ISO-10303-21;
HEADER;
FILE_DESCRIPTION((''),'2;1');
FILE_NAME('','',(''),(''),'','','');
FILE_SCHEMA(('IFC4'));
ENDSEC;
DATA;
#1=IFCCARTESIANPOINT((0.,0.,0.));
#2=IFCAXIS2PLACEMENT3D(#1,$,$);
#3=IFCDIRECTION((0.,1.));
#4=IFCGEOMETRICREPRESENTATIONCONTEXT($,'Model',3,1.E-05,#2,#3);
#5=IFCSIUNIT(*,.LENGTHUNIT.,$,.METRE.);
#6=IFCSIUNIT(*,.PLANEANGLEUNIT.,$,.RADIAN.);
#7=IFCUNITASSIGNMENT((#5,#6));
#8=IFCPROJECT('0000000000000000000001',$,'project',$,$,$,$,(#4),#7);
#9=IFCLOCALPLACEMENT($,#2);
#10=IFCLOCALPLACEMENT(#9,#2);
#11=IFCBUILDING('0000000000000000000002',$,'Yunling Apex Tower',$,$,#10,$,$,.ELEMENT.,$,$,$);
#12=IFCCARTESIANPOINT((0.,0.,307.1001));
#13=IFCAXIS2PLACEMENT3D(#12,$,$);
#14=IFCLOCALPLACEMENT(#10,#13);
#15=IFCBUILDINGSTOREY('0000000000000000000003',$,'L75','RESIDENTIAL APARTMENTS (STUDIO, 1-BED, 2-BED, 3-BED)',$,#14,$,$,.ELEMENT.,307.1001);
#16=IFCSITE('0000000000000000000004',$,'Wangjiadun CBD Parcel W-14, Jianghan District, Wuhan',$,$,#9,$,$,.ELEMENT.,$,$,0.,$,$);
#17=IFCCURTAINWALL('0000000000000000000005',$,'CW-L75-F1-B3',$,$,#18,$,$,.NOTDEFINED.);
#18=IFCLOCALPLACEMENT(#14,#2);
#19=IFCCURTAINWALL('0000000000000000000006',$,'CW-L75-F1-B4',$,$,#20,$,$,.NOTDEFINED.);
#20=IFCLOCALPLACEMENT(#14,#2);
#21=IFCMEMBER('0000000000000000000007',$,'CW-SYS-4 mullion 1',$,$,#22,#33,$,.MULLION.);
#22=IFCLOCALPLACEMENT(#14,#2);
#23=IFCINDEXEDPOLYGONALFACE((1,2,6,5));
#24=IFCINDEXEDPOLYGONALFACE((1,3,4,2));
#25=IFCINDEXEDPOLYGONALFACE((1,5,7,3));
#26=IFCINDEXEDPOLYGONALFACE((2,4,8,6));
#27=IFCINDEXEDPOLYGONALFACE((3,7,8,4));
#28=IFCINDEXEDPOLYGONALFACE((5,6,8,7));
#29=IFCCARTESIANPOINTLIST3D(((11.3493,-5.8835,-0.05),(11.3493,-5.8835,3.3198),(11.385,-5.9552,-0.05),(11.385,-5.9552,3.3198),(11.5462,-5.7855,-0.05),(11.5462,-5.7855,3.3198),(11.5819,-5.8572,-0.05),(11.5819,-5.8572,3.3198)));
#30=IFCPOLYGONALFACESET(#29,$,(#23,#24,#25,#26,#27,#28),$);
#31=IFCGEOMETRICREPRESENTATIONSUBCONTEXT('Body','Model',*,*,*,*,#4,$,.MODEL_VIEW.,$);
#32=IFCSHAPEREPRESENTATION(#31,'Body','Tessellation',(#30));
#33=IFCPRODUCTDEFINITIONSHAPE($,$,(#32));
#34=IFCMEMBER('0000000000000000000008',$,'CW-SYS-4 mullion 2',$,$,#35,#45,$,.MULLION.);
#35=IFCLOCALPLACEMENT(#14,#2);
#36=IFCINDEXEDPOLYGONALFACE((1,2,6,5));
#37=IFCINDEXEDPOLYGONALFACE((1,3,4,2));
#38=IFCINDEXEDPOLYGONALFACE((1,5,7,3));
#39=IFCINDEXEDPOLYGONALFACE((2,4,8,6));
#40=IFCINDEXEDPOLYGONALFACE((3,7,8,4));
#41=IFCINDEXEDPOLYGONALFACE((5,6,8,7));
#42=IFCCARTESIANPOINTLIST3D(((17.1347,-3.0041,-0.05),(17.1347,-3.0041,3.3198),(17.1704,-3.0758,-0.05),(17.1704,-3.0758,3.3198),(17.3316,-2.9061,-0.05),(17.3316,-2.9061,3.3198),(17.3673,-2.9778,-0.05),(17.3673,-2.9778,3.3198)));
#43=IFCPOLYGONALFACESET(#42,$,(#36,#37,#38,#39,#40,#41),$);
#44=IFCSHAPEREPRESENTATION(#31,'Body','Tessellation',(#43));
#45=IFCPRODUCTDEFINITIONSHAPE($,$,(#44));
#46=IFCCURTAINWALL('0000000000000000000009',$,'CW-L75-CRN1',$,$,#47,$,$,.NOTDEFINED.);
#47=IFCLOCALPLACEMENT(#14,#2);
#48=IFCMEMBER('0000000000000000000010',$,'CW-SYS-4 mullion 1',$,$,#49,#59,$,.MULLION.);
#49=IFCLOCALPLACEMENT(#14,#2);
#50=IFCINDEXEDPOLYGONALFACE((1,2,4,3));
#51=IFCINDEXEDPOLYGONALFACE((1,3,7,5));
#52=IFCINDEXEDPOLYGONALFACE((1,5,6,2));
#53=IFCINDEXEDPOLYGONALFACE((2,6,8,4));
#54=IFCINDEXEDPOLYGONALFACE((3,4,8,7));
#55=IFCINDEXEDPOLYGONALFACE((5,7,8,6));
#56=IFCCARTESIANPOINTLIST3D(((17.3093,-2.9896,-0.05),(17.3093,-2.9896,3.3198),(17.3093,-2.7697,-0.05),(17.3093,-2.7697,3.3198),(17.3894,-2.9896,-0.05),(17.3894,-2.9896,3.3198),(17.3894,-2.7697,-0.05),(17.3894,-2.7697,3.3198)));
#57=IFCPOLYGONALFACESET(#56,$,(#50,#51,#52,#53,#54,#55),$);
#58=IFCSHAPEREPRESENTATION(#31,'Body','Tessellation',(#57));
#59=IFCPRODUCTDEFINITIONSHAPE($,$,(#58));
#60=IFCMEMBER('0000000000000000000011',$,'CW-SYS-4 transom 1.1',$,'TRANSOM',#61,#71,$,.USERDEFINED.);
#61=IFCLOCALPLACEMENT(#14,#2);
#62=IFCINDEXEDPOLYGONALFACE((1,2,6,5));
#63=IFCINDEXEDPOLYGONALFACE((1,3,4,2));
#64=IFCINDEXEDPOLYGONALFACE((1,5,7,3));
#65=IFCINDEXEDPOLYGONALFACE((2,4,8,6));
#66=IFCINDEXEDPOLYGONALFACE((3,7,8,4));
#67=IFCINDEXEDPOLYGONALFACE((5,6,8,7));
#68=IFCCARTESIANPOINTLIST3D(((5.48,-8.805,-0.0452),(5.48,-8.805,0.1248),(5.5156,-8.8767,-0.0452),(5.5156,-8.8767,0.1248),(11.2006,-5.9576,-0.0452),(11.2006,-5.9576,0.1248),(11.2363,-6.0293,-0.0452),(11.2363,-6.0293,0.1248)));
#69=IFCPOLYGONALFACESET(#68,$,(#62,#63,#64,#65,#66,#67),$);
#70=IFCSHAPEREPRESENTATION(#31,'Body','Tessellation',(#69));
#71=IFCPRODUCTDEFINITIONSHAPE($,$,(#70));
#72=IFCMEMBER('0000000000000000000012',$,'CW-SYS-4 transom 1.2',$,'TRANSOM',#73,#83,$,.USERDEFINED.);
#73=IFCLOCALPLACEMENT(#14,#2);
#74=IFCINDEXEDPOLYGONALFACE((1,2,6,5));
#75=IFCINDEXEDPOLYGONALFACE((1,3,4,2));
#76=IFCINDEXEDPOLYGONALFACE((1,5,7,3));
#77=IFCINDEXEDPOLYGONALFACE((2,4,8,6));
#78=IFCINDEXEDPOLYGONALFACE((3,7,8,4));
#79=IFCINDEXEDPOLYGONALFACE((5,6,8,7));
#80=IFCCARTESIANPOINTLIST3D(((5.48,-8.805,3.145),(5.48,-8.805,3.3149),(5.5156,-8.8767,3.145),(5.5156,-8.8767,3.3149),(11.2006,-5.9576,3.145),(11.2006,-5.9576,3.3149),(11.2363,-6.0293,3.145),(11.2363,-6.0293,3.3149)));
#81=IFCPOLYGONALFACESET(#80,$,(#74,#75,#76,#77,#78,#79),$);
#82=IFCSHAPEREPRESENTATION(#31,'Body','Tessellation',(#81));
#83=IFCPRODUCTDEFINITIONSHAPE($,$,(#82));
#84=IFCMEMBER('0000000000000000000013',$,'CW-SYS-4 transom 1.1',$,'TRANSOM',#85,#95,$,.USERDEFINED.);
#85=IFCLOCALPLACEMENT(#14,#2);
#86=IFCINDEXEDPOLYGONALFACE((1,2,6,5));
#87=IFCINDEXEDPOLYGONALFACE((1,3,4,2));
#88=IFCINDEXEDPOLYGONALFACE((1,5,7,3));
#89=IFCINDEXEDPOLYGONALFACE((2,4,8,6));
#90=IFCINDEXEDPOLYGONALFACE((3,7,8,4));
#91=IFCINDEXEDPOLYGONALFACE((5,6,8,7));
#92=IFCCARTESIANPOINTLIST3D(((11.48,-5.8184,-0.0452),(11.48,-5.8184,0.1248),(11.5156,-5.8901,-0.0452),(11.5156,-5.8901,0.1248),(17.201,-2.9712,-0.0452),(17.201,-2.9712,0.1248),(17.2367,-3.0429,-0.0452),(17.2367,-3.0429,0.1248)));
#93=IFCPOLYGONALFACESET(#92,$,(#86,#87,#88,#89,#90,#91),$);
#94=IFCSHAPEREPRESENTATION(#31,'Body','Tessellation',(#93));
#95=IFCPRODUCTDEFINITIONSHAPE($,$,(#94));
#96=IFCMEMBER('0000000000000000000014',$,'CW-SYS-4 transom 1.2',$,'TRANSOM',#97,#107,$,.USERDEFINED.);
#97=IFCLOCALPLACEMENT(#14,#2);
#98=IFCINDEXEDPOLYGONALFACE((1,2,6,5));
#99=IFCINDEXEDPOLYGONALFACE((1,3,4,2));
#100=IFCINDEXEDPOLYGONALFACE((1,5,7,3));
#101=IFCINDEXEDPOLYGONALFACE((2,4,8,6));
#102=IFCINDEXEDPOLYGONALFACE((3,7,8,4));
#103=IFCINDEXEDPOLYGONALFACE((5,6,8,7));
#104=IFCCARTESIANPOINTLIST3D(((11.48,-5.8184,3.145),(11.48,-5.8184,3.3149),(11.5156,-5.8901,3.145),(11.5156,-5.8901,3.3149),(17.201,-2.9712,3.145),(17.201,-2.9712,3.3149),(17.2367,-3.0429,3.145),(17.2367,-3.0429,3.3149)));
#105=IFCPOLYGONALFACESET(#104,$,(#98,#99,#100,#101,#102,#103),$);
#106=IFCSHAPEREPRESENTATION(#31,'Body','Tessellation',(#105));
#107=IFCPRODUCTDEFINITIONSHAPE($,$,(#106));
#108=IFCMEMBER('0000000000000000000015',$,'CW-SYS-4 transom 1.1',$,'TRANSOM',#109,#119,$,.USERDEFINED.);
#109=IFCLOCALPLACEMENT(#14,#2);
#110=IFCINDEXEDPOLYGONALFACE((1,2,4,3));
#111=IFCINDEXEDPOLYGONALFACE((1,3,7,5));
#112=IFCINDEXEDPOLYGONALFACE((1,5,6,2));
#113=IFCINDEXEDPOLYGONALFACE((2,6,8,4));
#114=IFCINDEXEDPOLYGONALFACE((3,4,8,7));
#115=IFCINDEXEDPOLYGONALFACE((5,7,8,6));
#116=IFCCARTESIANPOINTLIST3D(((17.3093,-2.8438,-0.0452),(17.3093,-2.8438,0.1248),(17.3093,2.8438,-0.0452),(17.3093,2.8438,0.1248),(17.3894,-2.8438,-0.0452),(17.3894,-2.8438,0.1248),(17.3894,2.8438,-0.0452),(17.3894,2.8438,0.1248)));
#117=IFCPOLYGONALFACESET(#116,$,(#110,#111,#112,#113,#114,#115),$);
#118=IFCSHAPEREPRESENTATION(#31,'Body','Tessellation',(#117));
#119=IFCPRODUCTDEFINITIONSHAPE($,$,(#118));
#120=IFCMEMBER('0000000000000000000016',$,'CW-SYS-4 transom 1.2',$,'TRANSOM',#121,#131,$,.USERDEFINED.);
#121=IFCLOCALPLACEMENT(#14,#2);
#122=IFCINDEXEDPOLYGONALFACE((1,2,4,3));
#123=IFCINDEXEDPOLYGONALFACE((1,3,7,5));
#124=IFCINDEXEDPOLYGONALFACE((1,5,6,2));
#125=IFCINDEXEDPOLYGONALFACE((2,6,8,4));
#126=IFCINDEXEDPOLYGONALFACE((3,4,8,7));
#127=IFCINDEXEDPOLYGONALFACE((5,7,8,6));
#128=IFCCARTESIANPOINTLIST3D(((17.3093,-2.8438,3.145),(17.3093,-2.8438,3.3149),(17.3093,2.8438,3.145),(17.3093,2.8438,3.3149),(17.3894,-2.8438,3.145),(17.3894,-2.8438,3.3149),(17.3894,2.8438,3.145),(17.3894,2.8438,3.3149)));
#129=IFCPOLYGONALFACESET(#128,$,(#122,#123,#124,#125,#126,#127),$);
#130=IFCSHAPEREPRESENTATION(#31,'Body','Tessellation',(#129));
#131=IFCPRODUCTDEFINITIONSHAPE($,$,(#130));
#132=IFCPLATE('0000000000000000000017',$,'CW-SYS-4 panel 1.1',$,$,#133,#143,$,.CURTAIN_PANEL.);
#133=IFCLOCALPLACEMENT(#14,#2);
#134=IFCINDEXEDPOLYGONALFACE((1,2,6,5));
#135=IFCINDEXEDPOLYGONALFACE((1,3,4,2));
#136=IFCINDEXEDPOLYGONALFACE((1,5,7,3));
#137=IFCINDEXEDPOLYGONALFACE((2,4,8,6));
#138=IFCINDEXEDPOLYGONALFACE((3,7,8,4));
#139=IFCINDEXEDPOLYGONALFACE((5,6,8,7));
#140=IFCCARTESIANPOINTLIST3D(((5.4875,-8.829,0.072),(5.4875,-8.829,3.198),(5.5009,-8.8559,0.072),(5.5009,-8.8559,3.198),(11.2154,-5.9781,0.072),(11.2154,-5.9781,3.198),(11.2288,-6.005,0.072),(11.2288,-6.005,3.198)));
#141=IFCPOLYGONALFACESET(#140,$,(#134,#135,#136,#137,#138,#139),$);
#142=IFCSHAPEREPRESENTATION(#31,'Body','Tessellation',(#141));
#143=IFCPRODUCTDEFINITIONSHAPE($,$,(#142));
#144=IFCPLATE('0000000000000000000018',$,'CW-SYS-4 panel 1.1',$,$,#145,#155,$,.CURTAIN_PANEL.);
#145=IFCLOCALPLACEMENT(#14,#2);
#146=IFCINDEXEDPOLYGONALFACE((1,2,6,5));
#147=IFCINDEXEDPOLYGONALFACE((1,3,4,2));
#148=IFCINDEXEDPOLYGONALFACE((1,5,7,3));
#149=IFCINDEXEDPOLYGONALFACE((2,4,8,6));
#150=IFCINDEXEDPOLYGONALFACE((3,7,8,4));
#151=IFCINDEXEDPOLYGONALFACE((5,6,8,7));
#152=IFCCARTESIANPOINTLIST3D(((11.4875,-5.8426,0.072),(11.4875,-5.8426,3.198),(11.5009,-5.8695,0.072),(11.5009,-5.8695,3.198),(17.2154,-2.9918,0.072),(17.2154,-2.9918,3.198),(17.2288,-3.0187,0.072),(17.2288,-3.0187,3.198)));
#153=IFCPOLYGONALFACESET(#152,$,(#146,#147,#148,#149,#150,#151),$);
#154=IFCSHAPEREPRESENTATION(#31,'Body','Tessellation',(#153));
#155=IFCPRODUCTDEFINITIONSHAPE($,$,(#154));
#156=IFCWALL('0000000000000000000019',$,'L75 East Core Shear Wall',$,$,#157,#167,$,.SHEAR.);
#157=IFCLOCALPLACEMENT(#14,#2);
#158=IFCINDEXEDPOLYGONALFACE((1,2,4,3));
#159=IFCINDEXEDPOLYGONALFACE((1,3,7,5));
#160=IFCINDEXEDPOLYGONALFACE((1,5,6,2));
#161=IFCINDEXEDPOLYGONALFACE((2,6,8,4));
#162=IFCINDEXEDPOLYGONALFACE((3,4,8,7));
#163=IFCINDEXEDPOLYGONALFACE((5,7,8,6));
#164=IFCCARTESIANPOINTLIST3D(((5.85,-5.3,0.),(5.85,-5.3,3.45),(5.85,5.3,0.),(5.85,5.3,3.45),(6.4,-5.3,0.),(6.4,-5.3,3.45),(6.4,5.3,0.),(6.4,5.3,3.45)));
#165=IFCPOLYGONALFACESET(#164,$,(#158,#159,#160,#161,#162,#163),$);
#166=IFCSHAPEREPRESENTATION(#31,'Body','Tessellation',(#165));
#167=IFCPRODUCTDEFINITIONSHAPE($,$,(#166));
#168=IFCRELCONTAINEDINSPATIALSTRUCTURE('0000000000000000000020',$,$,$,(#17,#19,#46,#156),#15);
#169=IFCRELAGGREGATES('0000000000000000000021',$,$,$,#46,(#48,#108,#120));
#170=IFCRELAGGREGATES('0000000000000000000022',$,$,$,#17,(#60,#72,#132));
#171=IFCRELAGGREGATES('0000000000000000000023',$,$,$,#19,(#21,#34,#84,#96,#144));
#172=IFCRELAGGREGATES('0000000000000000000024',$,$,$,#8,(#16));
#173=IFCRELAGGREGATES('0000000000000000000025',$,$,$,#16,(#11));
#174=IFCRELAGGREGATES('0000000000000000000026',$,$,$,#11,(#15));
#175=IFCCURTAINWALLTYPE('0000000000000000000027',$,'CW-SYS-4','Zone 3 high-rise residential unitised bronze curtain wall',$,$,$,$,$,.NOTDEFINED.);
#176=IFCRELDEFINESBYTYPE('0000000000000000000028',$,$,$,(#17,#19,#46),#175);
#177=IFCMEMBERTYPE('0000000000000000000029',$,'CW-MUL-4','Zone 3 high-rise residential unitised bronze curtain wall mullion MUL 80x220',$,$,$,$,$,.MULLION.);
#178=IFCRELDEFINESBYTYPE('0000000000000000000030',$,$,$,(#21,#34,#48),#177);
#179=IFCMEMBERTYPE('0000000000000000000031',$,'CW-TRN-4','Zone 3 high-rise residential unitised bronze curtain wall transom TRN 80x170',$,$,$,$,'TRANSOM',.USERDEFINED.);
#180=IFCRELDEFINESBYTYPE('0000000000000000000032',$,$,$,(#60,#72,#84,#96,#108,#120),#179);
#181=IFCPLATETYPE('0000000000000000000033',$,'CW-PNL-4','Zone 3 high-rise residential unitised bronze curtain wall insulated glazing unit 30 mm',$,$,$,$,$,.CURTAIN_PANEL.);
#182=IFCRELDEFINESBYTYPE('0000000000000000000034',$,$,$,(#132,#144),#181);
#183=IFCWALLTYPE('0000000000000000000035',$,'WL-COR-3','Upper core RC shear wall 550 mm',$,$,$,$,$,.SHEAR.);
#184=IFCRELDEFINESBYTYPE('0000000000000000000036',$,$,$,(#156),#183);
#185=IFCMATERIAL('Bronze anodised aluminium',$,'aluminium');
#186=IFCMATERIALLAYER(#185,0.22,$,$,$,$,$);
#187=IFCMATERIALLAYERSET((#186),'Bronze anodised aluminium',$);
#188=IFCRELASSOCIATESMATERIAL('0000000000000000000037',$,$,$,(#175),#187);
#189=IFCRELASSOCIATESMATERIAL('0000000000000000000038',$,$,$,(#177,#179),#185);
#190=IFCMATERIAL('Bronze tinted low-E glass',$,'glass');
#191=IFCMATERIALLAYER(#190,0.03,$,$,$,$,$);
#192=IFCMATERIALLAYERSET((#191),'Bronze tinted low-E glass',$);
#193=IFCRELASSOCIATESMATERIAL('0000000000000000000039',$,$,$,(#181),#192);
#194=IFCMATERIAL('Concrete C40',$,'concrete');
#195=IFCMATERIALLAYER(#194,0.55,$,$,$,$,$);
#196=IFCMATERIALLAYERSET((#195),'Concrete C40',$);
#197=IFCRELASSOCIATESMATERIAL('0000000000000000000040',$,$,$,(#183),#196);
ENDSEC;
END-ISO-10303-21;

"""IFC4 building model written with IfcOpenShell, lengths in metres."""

from ifc_helpers import new_model, si_unit, direction, frame, frame_2d, origin, origin_2d, place, context, subcontext, project, spatial, rectangle, extrude, source, transform, mapped, material, layer, layer_set, material_profile, profile_set, type_object, element, aggregate, save


model = new_model("IFC4")

# Units and contexts
model_context = context("Model", 3, precision=1e-05, world=origin(), true_north=direction((0.0, 1.0)))
body_context = subcontext(model_context, "Body", "Model", "MODEL_VIEW")
ifc_project = project(units=[si_unit("LENGTHUNIT", "METRE"), si_unit("PLANEANGLEUNIT", "RADIAN")], contexts=[model_context])

# Site, building, storey
site_placement = place(None, origin())
site = spatial("IfcSite", under=ifc_project, at=site_placement, Name="Wangjiadun CBD Parcel W-14, Jianghan District, Wuhan", CompositionType="ELEMENT", RefElevation=0.0)
building_placement = place(site_placement, origin())
building = spatial("IfcBuilding", under=site, at=building_placement, Name="Yunling Apex Tower", CompositionType="ELEMENT")
storey_placement = place(building_placement, frame((0.0, 0.0, 307.1001)))
storey = spatial("IfcBuildingStorey", under=building, at=storey_placement, Name="L75", Description="RESIDENTIAL APARTMENTS (STUDIO, 1-BED, 2-BED, 3-BED)", CompositionType="ELEMENT", Elevation=307.1001)

# Shared definitions
ifc_material_1 = material(Name="Bronze anodised aluminium", Category="aluminium")
ifc_layer_1 = layer(ifc_material_1, 0.22)
ifc_layer_set_1 = layer_set([ifc_layer_1], Name="Bronze anodised aluminium")
curtain_wall_type = type_object("IfcCurtainWallType", Name="CW-SYS-4", Description="Zone 3 high-rise residential unitised bronze curtain wall", PredefinedType="NOTDEFINED", material=ifc_layer_set_1)
ifc_material_profile_1 = material_profile(ifc_material_1, rectangle(XDim=0.0801, YDim=0.22, at=origin_2d()))
ifc_profile_set_1 = profile_set([ifc_material_profile_1], Name="Bronze anodised aluminium")
member_type_1 = type_object("IfcMemberType", Name="CW-MUL-4", Description="Zone 3 high-rise residential unitised bronze curtain wall mullion MUL 80x220", PredefinedType="MULLION", material=ifc_profile_set_1)
shared_shape_1 = source(origin(), body_context, "Body", "SweptSolid", [
    extrude(rectangle(XDim=0.0801, YDim=0.22, at=origin_2d()), origin(), (0.0, 0.0, 1.0), 3.3699),
])

# Curtain walls, members
curtain_wall_1_placement = place(storey_placement, origin())
curtain_wall_1 = element("IfcCurtainWall", 1, at=curtain_wall_1_placement, inside=storey, type_object=curtain_wall_type, Name="CW-L75-F1-B3", PredefinedType="NOTDEFINED")
curtain_wall_2_placement = place(storey_placement, origin())
curtain_wall_2 = element("IfcCurtainWall", 2, at=curtain_wall_2_placement, inside=storey, type_object=curtain_wall_type, Name="CW-L75-F1-B4", PredefinedType="NOTDEFINED")
member_1_placement = place(storey_placement, frame((11.4656, -5.8704, -0.05), z_axis=(0.0, 0.0, 1.0), x_axis=(-0.445568, 0.895248, 0.0)))
member_1 = element("IfcMember", 3, at=member_1_placement, type_object=member_type_1, Name="CW-SYS-4 mullion 1", PredefinedType="MULLION", context=body_context, shape_type="MappedRepresentation", body=[
    mapped(shared_shape_1, transform((0.0, 0.0, 0.0), scale=1.0)),
])
member_2_placement = place(storey_placement, frame((17.251, -2.991, -0.05), z_axis=(0.0, 0.0, 1.0), x_axis=(-0.445568, 0.895248, 0.0)))
member_2 = element("IfcMember", 4, at=member_2_placement, type_object=member_type_1, Name="CW-SYS-4 mullion 2", PredefinedType="MULLION", context=body_context, shape_type="MappedRepresentation", body=[
    mapped(shared_shape_1, transform((0.0, 0.0, 0.0), scale=1.0)),
])

# Curtain wall, member
curtain_wall_3_placement = place(storey_placement, origin())
curtain_wall_3 = element("IfcCurtainWall", 5, at=curtain_wall_3_placement, inside=storey, type_object=curtain_wall_type, Name="CW-L75-CRN1", PredefinedType="NOTDEFINED")
member_3_placement = place(storey_placement, frame((17.3494, -2.8796, -0.05), z_axis=(0.0, 0.0, 1.0), x_axis=(-1.0, 0.0, 0.0)))
member_3 = element("IfcMember", 6, at=member_3_placement, type_object=member_type_1, Name="CW-SYS-4 mullion 1", PredefinedType="MULLION", context=body_context, shape_type="MappedRepresentation", body=[
    mapped(shared_shape_1, transform((0.0, 0.0, 0.0), scale=1.0)),
])

# Members
ifc_material_profile_2 = material_profile(ifc_material_1, rectangle(XDim=0.0801, YDim=0.1699, at=origin_2d()))
ifc_profile_set_2 = profile_set([ifc_material_profile_2], Name="Bronze anodised aluminium")
member_type_2 = type_object("IfcMemberType", Name="CW-TRN-4", Description="Zone 3 high-rise residential unitised bronze curtain wall transom TRN 80x170", ElementType="TRANSOM", PredefinedType="USERDEFINED", material=ifc_profile_set_2)
shared_shape_2 = source(origin(), body_context, "Body", "SweptSolid", [
    extrude(rectangle(XDim=0.0801, YDim=0.1699, at=origin_2d()), origin(), (0.0, 0.0, 1.0), 6.3901),
])
member_4_placement = place(storey_placement, frame((5.4978, -8.8408, 0.0398), z_axis=(0.895236, 0.445593, 0.0), x_axis=(-0.445593, 0.895236, 0.0)))
member_4 = element("IfcMember", 7, at=member_4_placement, type_object=member_type_2, Name="CW-SYS-4 transom 1.1", ObjectType="TRANSOM", PredefinedType="USERDEFINED", context=body_context, shape_type="MappedRepresentation", body=[
    mapped(shared_shape_2, transform((0.0, 0.0, 0.0), scale=1.0)),
])
member_5_placement = place(storey_placement, frame((5.4978, -8.8408, 3.23), z_axis=(0.895236, 0.445593, 0.0), x_axis=(-0.445593, 0.895236, 0.0)))
member_5 = element("IfcMember", 8, at=member_5_placement, type_object=member_type_2, Name="CW-SYS-4 transom 1.2", ObjectType="TRANSOM", PredefinedType="USERDEFINED", context=body_context, shape_type="MappedRepresentation", body=[
    mapped(shared_shape_2, transform((0.0, 0.0, 0.0), scale=1.0)),
])
shared_shape_3 = source(origin(), body_context, "Body", "SweptSolid", [
    extrude(rectangle(XDim=0.0801, YDim=0.1699, at=origin_2d()), origin(), (0.0, 0.0, 1.0), 6.3904),
])
member_6_placement = place(storey_placement, frame((11.4978, -5.8542, 0.0398), z_axis=(0.895259, 0.445547, 0.0), x_axis=(-0.445547, 0.895259, 0.0)))
member_6 = element("IfcMember", 9, at=member_6_placement, type_object=member_type_2, Name="CW-SYS-4 transom 1.1", ObjectType="TRANSOM", PredefinedType="USERDEFINED", context=body_context, shape_type="MappedRepresentation", body=[
    mapped(shared_shape_3, transform((0.0, 0.0, 0.0), scale=1.0)),
])
member_7_placement = place(storey_placement, frame((11.4978, -5.8542, 3.23), z_axis=(0.895259, 0.445547, 0.0), x_axis=(-0.445547, 0.895259, 0.0)))
member_7 = element("IfcMember", 10, at=member_7_placement, type_object=member_type_2, Name="CW-SYS-4 transom 1.2", ObjectType="TRANSOM", PredefinedType="USERDEFINED", context=body_context, shape_type="MappedRepresentation", body=[
    mapped(shared_shape_3, transform((0.0, 0.0, 0.0), scale=1.0)),
])
shared_shape_4 = source(origin(), body_context, "Body", "SweptSolid", [
    extrude(rectangle(XDim=0.0801, YDim=0.1699, at=origin_2d()), origin(), (0.0, 0.0, 1.0), 5.6875),
])
member_8_placement = place(storey_placement, frame((17.3494, -2.8438, 0.0398), z_axis=(0.0, 1.0, 0.0), x_axis=(-1.0, 0.0, 0.0)))
member_8 = element("IfcMember", 11, at=member_8_placement, type_object=member_type_2, Name="CW-SYS-4 transom 1.1", ObjectType="TRANSOM", PredefinedType="USERDEFINED", context=body_context, shape_type="MappedRepresentation", body=[
    mapped(shared_shape_4, transform((0.0, 0.0, 0.0), scale=1.0)),
])
member_9_placement = place(storey_placement, frame((17.3494, -2.8438, 3.23), z_axis=(0.0, 1.0, 0.0), x_axis=(-1.0, 0.0, 0.0)))
member_9 = element("IfcMember", 12, at=member_9_placement, type_object=member_type_2, Name="CW-SYS-4 transom 1.2", ObjectType="TRANSOM", PredefinedType="USERDEFINED", context=body_context, shape_type="MappedRepresentation", body=[
    mapped(shared_shape_4, transform((0.0, 0.0, 0.0), scale=1.0)),
])
aggregate(curtain_wall_3, [member_3, member_8, member_9])

# Plates
ifc_material_2 = material(Name="Bronze tinted low-E glass", Category="glass")
ifc_layer_2 = layer(ifc_material_2, 0.03)
ifc_layer_set_2 = layer_set([ifc_layer_2], Name="Bronze tinted low-E glass")
plate_type = type_object("IfcPlateType", Name="CW-PNL-4", Description="Zone 3 high-rise residential unitised bronze curtain wall insulated glazing unit 30 mm", PredefinedType="CURTAIN_PANEL", material=ifc_layer_set_2)
shared_shape_5 = source(origin(), body_context, "Body", "SweptSolid", [
    extrude(rectangle(XDim=6.3982, YDim=0.03, at=origin_2d()), origin(), (0.0, 0.0, 1.0), 3.126),
])
plate_1_placement = place(storey_placement, frame((8.3582, -7.417, 0.072), z_axis=(0.0, 0.0, 1.0), x_axis=(0.895242, 0.44558, 0.0)))
plate_1 = element("IfcPlate", 13, at=plate_1_placement, type_object=plate_type, Name="CW-SYS-4 panel 1.1", PredefinedType="CURTAIN_PANEL", context=body_context, shape_type="MappedRepresentation", body=[
    mapped(shared_shape_5, transform((0.0, 0.0, 0.0), scale=1.0)),
])
aggregate(curtain_wall_1, [member_4, member_5, plate_1])
plate_2_placement = place(storey_placement, frame((14.3582, -4.4307, 0.072), z_axis=(0.0, 0.0, 1.0), x_axis=(0.895248, 0.445568, 0.0)))
plate_2 = element("IfcPlate", 14, at=plate_2_placement, type_object=plate_type, Name="CW-SYS-4 panel 1.1", PredefinedType="CURTAIN_PANEL", context=body_context, shape_type="MappedRepresentation", body=[
    mapped(shared_shape_5, transform((0.0, 0.0, 0.0), scale=1.0)),
])
aggregate(curtain_wall_2, [member_1, member_2, member_6, member_7, plate_2])

# Wall
ifc_material_3 = material(Name="Concrete C40", Category="concrete")
ifc_layer_3 = layer(ifc_material_3, 0.55)
ifc_layer_set_3 = layer_set([ifc_layer_3], Name="Concrete C40")
wall_type_1 = type_object("IfcWallType", Name="WL-COR-3", Description="Upper core RC shear wall 550 mm", PredefinedType="SHEAR", material=ifc_layer_set_3)
wall_1_placement = place(storey_placement, frame((6.125, -5.3, 0.0), z_axis=(0.0, 0.0, 1.0), x_axis=(0.0, 1.0, 0.0)))
element("IfcWall", 15, at=wall_1_placement, inside=storey, type_object=wall_type_1, Name="L75 East Core Shear Wall", PredefinedType="SHEAR", context=body_context, shape_type="SweptSolid", body=[
    extrude(rectangle(XDim=10.6001, YDim=0.55, at=frame_2d((5.3, 0.0))), origin(), (0.0, 0.0, 1.0), 3.45),
])

save(model, "model.ifc")
